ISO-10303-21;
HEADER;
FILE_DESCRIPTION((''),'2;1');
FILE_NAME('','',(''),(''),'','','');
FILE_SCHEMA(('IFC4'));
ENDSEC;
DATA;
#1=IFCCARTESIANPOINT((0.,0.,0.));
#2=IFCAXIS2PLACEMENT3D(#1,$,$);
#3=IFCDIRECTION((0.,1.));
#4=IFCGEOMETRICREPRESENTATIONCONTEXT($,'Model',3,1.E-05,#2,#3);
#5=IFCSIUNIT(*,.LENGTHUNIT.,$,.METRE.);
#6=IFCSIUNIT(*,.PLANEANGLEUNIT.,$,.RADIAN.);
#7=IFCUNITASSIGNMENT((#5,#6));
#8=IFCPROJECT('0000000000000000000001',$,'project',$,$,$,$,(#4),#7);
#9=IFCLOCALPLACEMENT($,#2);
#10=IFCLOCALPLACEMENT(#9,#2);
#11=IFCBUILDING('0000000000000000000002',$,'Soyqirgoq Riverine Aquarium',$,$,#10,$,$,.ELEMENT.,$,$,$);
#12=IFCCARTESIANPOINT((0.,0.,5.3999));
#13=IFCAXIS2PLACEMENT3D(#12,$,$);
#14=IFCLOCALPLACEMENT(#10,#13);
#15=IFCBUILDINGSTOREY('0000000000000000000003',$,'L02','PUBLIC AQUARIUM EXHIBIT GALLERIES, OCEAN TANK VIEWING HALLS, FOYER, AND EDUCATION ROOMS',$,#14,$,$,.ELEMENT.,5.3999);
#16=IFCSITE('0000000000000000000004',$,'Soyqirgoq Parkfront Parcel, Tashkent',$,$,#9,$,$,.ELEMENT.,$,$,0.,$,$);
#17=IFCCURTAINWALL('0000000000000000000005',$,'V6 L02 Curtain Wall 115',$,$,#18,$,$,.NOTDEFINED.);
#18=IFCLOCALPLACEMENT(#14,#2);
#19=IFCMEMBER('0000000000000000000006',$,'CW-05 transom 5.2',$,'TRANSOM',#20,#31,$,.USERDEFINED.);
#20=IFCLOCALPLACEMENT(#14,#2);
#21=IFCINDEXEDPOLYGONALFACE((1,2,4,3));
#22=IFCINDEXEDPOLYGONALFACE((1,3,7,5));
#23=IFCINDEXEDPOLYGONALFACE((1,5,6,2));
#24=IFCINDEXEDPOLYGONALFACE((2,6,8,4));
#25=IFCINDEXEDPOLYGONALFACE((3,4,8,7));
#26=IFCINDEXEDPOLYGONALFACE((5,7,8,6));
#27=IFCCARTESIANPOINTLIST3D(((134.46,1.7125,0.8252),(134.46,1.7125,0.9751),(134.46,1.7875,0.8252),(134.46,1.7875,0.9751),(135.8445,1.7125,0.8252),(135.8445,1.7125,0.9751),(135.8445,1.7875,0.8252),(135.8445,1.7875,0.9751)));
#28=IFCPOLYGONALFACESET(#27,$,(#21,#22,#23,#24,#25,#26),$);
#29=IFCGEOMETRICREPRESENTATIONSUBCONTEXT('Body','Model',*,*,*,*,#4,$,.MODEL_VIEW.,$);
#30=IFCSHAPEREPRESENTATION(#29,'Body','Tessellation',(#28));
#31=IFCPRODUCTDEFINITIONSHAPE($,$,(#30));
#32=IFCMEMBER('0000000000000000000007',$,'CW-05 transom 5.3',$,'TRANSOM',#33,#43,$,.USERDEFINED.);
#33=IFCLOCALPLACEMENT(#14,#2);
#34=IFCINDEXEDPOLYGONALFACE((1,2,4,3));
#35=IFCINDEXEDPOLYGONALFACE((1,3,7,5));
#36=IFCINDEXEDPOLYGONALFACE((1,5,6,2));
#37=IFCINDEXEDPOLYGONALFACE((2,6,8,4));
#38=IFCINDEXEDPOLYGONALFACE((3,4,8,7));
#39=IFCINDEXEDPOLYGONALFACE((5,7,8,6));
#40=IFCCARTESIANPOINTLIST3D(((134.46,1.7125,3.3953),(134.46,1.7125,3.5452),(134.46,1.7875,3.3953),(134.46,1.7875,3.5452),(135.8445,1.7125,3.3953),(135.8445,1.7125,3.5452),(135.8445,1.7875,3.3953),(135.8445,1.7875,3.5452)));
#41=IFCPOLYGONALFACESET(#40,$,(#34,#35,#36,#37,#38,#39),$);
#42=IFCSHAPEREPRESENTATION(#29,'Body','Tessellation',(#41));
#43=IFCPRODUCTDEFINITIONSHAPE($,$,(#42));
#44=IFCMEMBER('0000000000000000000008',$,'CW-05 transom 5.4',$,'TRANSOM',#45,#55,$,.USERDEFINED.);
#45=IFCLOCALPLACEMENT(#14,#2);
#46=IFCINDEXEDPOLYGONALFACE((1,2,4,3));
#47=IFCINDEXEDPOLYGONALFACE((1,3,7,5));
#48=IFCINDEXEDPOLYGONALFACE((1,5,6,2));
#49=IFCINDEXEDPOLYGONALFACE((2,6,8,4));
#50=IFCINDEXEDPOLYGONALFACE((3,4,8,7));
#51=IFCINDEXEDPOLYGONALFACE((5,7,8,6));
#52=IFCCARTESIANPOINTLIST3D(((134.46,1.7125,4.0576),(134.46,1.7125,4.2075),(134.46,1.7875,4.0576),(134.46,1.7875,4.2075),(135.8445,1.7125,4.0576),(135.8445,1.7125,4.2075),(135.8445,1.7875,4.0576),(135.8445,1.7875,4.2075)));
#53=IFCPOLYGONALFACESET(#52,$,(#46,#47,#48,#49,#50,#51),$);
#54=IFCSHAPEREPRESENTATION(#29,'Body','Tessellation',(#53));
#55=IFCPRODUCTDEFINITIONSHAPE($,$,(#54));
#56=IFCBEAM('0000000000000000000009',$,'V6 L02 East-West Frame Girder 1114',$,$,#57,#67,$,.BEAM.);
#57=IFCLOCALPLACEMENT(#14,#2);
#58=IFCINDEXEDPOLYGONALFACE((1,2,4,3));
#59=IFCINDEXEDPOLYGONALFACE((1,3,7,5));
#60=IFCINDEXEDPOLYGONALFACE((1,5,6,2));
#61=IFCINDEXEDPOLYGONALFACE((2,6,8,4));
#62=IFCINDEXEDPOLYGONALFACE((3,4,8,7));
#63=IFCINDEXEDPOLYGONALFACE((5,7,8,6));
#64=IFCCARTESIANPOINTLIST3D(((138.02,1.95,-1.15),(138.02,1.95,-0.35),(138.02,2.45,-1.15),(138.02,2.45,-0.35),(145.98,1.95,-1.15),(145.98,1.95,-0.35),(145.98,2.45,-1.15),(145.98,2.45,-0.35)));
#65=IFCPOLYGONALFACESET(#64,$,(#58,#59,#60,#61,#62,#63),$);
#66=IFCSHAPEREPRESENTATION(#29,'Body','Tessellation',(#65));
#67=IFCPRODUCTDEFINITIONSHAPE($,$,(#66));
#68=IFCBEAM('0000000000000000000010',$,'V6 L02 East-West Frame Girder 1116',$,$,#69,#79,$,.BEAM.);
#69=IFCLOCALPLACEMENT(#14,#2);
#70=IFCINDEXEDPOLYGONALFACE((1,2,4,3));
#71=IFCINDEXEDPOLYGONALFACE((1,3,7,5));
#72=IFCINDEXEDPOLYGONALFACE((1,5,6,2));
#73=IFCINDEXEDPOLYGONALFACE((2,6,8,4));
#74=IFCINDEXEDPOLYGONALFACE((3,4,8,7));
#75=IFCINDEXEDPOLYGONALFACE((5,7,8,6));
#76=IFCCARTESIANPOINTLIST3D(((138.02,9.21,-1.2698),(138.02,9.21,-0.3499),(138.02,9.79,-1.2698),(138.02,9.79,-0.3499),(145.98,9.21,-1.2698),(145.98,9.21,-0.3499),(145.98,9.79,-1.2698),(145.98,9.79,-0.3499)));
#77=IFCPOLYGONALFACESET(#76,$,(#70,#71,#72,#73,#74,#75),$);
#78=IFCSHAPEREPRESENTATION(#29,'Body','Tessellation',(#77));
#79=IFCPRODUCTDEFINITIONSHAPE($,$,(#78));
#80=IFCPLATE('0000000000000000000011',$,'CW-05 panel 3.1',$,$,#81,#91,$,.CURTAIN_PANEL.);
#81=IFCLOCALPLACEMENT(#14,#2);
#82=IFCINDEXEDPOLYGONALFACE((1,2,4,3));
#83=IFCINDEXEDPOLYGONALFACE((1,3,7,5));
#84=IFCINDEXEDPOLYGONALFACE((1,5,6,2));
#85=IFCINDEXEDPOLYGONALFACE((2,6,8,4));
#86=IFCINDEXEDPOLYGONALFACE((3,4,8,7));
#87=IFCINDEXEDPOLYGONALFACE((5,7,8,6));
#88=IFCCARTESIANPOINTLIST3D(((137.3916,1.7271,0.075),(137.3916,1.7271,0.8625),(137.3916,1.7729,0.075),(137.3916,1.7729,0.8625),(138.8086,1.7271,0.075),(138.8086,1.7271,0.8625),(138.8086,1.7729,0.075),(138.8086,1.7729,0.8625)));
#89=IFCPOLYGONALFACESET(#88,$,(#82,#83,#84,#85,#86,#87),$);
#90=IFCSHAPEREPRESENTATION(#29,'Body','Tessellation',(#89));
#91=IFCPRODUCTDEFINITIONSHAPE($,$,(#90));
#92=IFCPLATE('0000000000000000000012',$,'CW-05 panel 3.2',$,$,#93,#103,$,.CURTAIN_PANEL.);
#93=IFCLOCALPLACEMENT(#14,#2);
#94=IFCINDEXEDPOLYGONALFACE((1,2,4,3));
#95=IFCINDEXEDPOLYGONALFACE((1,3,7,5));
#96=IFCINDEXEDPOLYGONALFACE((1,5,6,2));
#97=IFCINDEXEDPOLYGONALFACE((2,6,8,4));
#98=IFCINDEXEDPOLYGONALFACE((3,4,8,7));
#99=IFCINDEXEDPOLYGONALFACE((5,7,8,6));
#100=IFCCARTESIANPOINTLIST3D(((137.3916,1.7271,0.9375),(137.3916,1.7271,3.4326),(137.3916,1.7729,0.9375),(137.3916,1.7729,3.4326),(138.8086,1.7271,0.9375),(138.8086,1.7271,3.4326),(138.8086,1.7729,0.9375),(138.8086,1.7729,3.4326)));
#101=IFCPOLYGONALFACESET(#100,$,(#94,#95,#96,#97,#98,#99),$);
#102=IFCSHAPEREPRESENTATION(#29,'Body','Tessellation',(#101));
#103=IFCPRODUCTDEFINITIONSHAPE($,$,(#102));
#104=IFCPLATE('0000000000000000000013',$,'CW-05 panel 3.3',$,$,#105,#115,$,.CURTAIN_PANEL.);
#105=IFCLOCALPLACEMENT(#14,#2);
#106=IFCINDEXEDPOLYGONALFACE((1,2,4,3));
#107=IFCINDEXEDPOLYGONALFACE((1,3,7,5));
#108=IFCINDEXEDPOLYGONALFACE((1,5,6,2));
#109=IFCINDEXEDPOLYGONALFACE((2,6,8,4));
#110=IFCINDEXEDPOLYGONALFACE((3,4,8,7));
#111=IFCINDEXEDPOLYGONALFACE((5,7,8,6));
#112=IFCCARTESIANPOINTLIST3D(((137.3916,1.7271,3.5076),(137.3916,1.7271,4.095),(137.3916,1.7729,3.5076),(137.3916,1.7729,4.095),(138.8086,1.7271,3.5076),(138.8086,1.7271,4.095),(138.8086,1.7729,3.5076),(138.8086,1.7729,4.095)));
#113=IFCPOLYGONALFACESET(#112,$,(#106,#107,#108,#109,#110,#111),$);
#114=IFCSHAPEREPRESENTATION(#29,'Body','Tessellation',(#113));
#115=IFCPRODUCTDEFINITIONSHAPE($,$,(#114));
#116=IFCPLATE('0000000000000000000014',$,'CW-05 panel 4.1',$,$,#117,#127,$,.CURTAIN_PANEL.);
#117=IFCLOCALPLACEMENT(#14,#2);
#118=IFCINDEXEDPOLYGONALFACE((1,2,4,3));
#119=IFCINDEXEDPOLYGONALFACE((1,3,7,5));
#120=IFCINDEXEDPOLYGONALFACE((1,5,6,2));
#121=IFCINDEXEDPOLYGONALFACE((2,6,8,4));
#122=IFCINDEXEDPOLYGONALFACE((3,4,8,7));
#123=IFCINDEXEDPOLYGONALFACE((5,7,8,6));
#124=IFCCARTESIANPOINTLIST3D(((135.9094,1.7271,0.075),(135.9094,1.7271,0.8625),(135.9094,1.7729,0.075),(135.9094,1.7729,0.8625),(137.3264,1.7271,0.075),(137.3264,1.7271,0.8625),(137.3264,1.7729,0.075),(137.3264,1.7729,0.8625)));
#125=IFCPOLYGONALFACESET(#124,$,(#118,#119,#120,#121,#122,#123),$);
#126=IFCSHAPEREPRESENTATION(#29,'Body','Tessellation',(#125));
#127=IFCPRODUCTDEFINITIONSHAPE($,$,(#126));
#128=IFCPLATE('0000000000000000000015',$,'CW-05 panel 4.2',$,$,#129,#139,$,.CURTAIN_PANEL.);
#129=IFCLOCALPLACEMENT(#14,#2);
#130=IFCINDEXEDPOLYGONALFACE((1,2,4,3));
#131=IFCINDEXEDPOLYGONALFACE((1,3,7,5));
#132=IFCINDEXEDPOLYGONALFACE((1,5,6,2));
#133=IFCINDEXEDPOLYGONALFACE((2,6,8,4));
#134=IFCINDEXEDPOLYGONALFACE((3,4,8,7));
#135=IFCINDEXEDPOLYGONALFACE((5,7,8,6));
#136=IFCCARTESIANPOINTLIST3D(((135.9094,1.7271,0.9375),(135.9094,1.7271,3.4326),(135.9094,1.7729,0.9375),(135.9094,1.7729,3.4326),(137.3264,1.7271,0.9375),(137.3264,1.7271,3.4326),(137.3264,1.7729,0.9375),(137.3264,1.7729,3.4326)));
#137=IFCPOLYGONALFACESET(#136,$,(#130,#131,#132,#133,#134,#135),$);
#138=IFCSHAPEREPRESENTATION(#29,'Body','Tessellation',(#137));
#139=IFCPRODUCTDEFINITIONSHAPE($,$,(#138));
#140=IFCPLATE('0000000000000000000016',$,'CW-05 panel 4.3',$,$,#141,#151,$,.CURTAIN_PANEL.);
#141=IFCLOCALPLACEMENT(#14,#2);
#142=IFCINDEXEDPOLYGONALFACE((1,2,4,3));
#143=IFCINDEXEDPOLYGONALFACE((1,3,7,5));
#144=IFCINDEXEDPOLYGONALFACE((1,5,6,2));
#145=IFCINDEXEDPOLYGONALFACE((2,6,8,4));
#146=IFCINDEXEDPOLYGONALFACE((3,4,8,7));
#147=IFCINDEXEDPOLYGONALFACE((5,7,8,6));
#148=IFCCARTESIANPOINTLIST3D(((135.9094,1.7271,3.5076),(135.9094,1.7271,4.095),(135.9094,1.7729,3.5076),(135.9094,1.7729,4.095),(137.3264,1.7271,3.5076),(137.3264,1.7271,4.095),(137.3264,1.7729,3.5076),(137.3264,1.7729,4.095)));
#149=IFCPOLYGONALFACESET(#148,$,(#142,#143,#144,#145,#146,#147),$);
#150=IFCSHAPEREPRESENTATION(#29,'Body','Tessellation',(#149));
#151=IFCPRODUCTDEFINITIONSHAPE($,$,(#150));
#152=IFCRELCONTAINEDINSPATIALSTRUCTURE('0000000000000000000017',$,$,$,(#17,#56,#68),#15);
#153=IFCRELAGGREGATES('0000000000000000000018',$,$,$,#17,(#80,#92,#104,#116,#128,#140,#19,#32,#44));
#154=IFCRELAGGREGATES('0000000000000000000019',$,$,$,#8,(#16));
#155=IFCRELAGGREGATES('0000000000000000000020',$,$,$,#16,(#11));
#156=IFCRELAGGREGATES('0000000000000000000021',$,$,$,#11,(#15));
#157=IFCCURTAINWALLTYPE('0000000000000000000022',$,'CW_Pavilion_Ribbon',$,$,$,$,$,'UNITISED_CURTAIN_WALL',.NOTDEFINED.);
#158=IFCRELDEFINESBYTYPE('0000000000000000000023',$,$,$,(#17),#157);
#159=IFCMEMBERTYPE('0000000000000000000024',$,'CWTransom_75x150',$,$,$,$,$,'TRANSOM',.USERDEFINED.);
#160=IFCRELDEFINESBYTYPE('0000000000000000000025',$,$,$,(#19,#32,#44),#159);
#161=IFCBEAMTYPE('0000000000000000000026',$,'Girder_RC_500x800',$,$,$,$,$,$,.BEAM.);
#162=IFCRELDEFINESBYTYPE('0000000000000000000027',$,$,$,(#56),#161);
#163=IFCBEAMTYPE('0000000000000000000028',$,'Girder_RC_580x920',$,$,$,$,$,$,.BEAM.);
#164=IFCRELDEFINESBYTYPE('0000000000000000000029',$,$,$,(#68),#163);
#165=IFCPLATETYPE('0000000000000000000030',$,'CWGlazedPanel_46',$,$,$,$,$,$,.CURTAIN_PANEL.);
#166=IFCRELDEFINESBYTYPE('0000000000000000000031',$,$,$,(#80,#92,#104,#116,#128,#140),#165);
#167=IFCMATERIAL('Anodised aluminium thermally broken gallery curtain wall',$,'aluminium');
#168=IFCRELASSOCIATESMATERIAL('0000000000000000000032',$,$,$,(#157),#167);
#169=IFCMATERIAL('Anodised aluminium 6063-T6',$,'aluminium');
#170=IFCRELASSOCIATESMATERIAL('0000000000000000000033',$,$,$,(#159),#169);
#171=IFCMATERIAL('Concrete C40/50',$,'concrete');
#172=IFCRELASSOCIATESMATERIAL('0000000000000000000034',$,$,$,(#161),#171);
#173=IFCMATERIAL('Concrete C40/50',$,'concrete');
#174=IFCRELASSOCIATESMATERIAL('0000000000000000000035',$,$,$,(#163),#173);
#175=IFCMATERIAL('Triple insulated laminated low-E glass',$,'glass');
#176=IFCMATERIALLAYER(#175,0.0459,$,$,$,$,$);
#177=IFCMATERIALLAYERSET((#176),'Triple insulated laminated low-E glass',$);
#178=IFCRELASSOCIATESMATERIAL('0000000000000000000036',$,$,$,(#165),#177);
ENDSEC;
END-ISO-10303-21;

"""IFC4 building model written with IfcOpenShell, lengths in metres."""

from ifc_helpers import new_model, si_unit, direction, frame, origin, origin_2d, place, context, subcontext, project, spatial, rectangle, extrude, material, layer, layer_set, material_profile, profile_set, type_object, element, aggregate, save


model = new_model("IFC4")

# Units and contexts
model_context = context("Model", 3, precision=1e-05, world=origin(), true_north=direction((0.0, 1.0)))
body_context = subcontext(model_context, "Body", "Model", "MODEL_VIEW")
ifc_project = project(units=[si_unit("LENGTHUNIT", "METRE"), si_unit("PLANEANGLEUNIT", "RADIAN")], contexts=[model_context])

# Site, building, storey
site_placement = place(None, origin())
site = spatial("IfcSite", under=ifc_project, at=site_placement, Name="Soyqirgoq Parkfront Parcel, Tashkent", CompositionType="ELEMENT", RefElevation=0.0)
building_placement = place(site_placement, origin())
building = spatial("IfcBuilding", under=site, at=building_placement, Name="Soyqirgoq Riverine Aquarium", CompositionType="ELEMENT")
storey_placement = place(building_placement, frame((0.0, 0.0, 5.3999)))
storey = spatial("IfcBuildingStorey", under=building, at=storey_placement, Name="L02", Description="PUBLIC AQUARIUM EXHIBIT GALLERIES, OCEAN TANK VIEWING HALLS, FOYER, AND EDUCATION ROOMS", CompositionType="ELEMENT", Elevation=5.3999)

# Curtain wall, members
ifc_material_1 = material(Name="Anodised aluminium thermally broken gallery curtain wall", Category="aluminium")
curtain_wall_type = type_object("IfcCurtainWallType", Name="CW_Pavilion_Ribbon", ElementType="UNITISED_CURTAIN_WALL", PredefinedType="NOTDEFINED", material=ifc_material_1)
curtain_wall_placement = place(storey_placement, origin())
curtain_wall = element("IfcCurtainWall", 1, at=curtain_wall_placement, inside=storey, type_object=curtain_wall_type, Name="V6 L02 Curtain Wall 115", PredefinedType="NOTDEFINED")
ifc_material_2 = material(Name="Anodised aluminium 6063-T6", Category="aluminium")
ifc_material_profile_1 = material_profile(ifc_material_2, rectangle(XDim=0.075, YDim=0.1499, at=origin_2d()), Name="ALU-T 75x150")
ifc_profile_set_1 = profile_set([ifc_material_profile_1], Name="Anodised aluminium 6063-T6")
member_type_1 = type_object("IfcMemberType", Name="CWTransom_75x150", ElementType="TRANSOM", PredefinedType="USERDEFINED", material=ifc_profile_set_1)
member_1_placement = place(storey_placement, frame((135.8445, 1.75, 0.9001), z_axis=(-1.0, 0.0, 0.0), x_axis=(0.0, -1.0, 0.0)))
member_1 = element("IfcMember", 2, at=member_1_placement, type_object=member_type_1, Name="CW-05 transom 5.2", ObjectType="TRANSOM", PredefinedType="USERDEFINED", context=body_context, shape_type="SweptSolid", body=[
    extrude(rectangle(XDim=0.075, YDim=0.1499, at=origin_2d()), origin(), (0.0, 0.0, 1.0), 1.3845),
])
member_2_placement = place(storey_placement, frame((135.8445, 1.75, 3.4702), z_axis=(-1.0, 0.0, 0.0), x_axis=(0.0, -1.0, 0.0)))
member_2 = element("IfcMember", 3, at=member_2_placement, type_object=member_type_1, Name="CW-05 transom 5.3", ObjectType="TRANSOM", PredefinedType="USERDEFINED", context=body_context, shape_type="SweptSolid", body=[
    extrude(rectangle(XDim=0.075, YDim=0.1499, at=origin_2d()), origin(), (0.0, 0.0, 1.0), 1.3845),
])
member_3_placement = place(storey_placement, frame((135.8445, 1.75, 4.1326), z_axis=(-1.0, 0.0, 0.0), x_axis=(0.0, -1.0, 0.0)))
member_3 = element("IfcMember", 4, at=member_3_placement, type_object=member_type_1, Name="CW-05 transom 5.4", ObjectType="TRANSOM", PredefinedType="USERDEFINED", context=body_context, shape_type="SweptSolid", body=[
    extrude(rectangle(XDim=0.075, YDim=0.1499, at=origin_2d()), origin(), (0.0, 0.0, 1.0), 1.3845),
])

# Beams
ifc_material_3 = material(Name="Concrete C40/50", Category="concrete")
ifc_material_profile_2 = material_profile(ifc_material_3, rectangle(XDim=0.5, YDim=0.8, at=origin_2d()), Name="RC 500x800")
ifc_profile_set_2 = profile_set([ifc_material_profile_2], Name="Concrete C40/50")
beam_type_1 = type_object("IfcBeamType", Name="Girder_RC_500x800", PredefinedType="BEAM", material=ifc_profile_set_2)
beam_1_placement = place(storey_placement, frame((138.02, 2.2, -0.75), z_axis=(1.0, 0.0, 0.0), x_axis=(0.0, 1.0, 0.0)))
element("IfcBeam", 5, at=beam_1_placement, inside=storey, type_object=beam_type_1, Name="V6 L02 East-West Frame Girder 1114", PredefinedType="BEAM", context=body_context, shape_type="SweptSolid", body=[
    extrude(rectangle(XDim=0.5, YDim=0.8, at=origin_2d()), origin(), (0.0, 0.0, 1.0), 7.96),
])
ifc_material_4 = material(Name="Concrete C40/50", Category="concrete")
ifc_material_profile_3 = material_profile(ifc_material_4, rectangle(XDim=0.5801, YDim=0.9199, at=origin_2d()), Name="RC 580x920")
ifc_profile_set_3 = profile_set([ifc_material_profile_3], Name="Concrete C40/50")
beam_type_2 = type_object("IfcBeamType", Name="Girder_RC_580x920", PredefinedType="BEAM", material=ifc_profile_set_3)
beam_2_placement = place(storey_placement, frame((138.02, 9.5, -0.8098), z_axis=(1.0, 0.0, 0.0), x_axis=(0.0, 1.0, 0.0)))
element("IfcBeam", 6, at=beam_2_placement, inside=storey, type_object=beam_type_2, Name="V6 L02 East-West Frame Girder 1116", PredefinedType="BEAM", context=body_context, shape_type="SweptSolid", body=[
    extrude(rectangle(XDim=0.5801, YDim=0.9199, at=origin_2d()), origin(), (0.0, 0.0, 1.0), 7.96),
])

# Plates
ifc_material_5 = material(Name="Triple insulated laminated low-E glass", Category="glass")
ifc_layer = layer(ifc_material_5, 0.0459)
ifc_layer_set = layer_set([ifc_layer], Name="Triple insulated laminated low-E glass")
plate_type = type_object("IfcPlateType", Name="CWGlazedPanel_46", PredefinedType="CURTAIN_PANEL", material=ifc_layer_set)
plate_1_placement = place(storey_placement, frame((138.1001, 1.75, 0.075), z_axis=(0.0, 0.0, 1.0), x_axis=(-1.0, 0.0, 0.0)))
plate_1 = element("IfcPlate", 7, at=plate_1_placement, type_object=plate_type, Name="CW-05 panel 3.1", PredefinedType="CURTAIN_PANEL", context=body_context, shape_type="SweptSolid", body=[
    extrude(rectangle(XDim=1.417, YDim=0.0459, at=origin_2d()), origin(), (0.0, 0.0, 1.0), 0.7876),
])
plate_2_placement = place(storey_placement, frame((138.1001, 1.75, 0.9375), z_axis=(0.0, 0.0, 1.0), x_axis=(-1.0, 0.0, 0.0)))
plate_2 = element("IfcPlate", 8, at=plate_2_placement, type_object=plate_type, Name="CW-05 panel 3.2", PredefinedType="CURTAIN_PANEL", context=body_context, shape_type="SweptSolid", body=[
    extrude(rectangle(XDim=1.417, YDim=0.0459, at=origin_2d()), origin(), (0.0, 0.0, 1.0), 2.4951),
])
plate_3_placement = place(storey_placement, frame((138.1001, 1.75, 3.5076), z_axis=(0.0, 0.0, 1.0), x_axis=(-1.0, 0.0, 0.0)))
plate_3 = element("IfcPlate", 9, at=plate_3_placement, type_object=plate_type, Name="CW-05 panel 3.3", PredefinedType="CURTAIN_PANEL", context=body_context, shape_type="SweptSolid", body=[
    extrude(rectangle(XDim=1.417, YDim=0.0459, at=origin_2d()), origin(), (0.0, 0.0, 1.0), 0.5874),
])
plate_4_placement = place(storey_placement, frame((136.6179, 1.75, 0.075), z_axis=(0.0, 0.0, 1.0), x_axis=(-1.0, 0.0, 0.0)))
plate_4 = element("IfcPlate", 10, at=plate_4_placement, type_object=plate_type, Name="CW-05 panel 4.1", PredefinedType="CURTAIN_PANEL", context=body_context, shape_type="SweptSolid", body=[
    extrude(rectangle(XDim=1.417, YDim=0.0459, at=origin_2d()), origin(), (0.0, 0.0, 1.0), 0.7876),
])
plate_5_placement = place(storey_placement, frame((136.6179, 1.75, 0.9375), z_axis=(0.0, 0.0, 1.0), x_axis=(-1.0, 0.0, 0.0)))
plate_5 = element("IfcPlate", 11, at=plate_5_placement, type_object=plate_type, Name="CW-05 panel 4.2", PredefinedType="CURTAIN_PANEL", context=body_context, shape_type="SweptSolid", body=[
    extrude(rectangle(XDim=1.417, YDim=0.0459, at=origin_2d()), origin(), (0.0, 0.0, 1.0), 2.4951),
])
plate_6_placement = place(storey_placement, frame((136.6179, 1.75, 3.5076), z_axis=(0.0, 0.0, 1.0), x_axis=(-1.0, 0.0, 0.0)))
plate_6 = element("IfcPlate", 12, at=plate_6_placement, type_object=plate_type, Name="CW-05 panel 4.3", PredefinedType="CURTAIN_PANEL", context=body_context, shape_type="SweptSolid", body=[
    extrude(rectangle(XDim=1.417, YDim=0.0459, at=origin_2d()), origin(), (0.0, 0.0, 1.0), 0.5874),
])
aggregate(curtain_wall, [plate_1, plate_2, plate_3, plate_4, plate_5, plate_6, member_1, member_2, member_3])

save(model, "model.ifc")
